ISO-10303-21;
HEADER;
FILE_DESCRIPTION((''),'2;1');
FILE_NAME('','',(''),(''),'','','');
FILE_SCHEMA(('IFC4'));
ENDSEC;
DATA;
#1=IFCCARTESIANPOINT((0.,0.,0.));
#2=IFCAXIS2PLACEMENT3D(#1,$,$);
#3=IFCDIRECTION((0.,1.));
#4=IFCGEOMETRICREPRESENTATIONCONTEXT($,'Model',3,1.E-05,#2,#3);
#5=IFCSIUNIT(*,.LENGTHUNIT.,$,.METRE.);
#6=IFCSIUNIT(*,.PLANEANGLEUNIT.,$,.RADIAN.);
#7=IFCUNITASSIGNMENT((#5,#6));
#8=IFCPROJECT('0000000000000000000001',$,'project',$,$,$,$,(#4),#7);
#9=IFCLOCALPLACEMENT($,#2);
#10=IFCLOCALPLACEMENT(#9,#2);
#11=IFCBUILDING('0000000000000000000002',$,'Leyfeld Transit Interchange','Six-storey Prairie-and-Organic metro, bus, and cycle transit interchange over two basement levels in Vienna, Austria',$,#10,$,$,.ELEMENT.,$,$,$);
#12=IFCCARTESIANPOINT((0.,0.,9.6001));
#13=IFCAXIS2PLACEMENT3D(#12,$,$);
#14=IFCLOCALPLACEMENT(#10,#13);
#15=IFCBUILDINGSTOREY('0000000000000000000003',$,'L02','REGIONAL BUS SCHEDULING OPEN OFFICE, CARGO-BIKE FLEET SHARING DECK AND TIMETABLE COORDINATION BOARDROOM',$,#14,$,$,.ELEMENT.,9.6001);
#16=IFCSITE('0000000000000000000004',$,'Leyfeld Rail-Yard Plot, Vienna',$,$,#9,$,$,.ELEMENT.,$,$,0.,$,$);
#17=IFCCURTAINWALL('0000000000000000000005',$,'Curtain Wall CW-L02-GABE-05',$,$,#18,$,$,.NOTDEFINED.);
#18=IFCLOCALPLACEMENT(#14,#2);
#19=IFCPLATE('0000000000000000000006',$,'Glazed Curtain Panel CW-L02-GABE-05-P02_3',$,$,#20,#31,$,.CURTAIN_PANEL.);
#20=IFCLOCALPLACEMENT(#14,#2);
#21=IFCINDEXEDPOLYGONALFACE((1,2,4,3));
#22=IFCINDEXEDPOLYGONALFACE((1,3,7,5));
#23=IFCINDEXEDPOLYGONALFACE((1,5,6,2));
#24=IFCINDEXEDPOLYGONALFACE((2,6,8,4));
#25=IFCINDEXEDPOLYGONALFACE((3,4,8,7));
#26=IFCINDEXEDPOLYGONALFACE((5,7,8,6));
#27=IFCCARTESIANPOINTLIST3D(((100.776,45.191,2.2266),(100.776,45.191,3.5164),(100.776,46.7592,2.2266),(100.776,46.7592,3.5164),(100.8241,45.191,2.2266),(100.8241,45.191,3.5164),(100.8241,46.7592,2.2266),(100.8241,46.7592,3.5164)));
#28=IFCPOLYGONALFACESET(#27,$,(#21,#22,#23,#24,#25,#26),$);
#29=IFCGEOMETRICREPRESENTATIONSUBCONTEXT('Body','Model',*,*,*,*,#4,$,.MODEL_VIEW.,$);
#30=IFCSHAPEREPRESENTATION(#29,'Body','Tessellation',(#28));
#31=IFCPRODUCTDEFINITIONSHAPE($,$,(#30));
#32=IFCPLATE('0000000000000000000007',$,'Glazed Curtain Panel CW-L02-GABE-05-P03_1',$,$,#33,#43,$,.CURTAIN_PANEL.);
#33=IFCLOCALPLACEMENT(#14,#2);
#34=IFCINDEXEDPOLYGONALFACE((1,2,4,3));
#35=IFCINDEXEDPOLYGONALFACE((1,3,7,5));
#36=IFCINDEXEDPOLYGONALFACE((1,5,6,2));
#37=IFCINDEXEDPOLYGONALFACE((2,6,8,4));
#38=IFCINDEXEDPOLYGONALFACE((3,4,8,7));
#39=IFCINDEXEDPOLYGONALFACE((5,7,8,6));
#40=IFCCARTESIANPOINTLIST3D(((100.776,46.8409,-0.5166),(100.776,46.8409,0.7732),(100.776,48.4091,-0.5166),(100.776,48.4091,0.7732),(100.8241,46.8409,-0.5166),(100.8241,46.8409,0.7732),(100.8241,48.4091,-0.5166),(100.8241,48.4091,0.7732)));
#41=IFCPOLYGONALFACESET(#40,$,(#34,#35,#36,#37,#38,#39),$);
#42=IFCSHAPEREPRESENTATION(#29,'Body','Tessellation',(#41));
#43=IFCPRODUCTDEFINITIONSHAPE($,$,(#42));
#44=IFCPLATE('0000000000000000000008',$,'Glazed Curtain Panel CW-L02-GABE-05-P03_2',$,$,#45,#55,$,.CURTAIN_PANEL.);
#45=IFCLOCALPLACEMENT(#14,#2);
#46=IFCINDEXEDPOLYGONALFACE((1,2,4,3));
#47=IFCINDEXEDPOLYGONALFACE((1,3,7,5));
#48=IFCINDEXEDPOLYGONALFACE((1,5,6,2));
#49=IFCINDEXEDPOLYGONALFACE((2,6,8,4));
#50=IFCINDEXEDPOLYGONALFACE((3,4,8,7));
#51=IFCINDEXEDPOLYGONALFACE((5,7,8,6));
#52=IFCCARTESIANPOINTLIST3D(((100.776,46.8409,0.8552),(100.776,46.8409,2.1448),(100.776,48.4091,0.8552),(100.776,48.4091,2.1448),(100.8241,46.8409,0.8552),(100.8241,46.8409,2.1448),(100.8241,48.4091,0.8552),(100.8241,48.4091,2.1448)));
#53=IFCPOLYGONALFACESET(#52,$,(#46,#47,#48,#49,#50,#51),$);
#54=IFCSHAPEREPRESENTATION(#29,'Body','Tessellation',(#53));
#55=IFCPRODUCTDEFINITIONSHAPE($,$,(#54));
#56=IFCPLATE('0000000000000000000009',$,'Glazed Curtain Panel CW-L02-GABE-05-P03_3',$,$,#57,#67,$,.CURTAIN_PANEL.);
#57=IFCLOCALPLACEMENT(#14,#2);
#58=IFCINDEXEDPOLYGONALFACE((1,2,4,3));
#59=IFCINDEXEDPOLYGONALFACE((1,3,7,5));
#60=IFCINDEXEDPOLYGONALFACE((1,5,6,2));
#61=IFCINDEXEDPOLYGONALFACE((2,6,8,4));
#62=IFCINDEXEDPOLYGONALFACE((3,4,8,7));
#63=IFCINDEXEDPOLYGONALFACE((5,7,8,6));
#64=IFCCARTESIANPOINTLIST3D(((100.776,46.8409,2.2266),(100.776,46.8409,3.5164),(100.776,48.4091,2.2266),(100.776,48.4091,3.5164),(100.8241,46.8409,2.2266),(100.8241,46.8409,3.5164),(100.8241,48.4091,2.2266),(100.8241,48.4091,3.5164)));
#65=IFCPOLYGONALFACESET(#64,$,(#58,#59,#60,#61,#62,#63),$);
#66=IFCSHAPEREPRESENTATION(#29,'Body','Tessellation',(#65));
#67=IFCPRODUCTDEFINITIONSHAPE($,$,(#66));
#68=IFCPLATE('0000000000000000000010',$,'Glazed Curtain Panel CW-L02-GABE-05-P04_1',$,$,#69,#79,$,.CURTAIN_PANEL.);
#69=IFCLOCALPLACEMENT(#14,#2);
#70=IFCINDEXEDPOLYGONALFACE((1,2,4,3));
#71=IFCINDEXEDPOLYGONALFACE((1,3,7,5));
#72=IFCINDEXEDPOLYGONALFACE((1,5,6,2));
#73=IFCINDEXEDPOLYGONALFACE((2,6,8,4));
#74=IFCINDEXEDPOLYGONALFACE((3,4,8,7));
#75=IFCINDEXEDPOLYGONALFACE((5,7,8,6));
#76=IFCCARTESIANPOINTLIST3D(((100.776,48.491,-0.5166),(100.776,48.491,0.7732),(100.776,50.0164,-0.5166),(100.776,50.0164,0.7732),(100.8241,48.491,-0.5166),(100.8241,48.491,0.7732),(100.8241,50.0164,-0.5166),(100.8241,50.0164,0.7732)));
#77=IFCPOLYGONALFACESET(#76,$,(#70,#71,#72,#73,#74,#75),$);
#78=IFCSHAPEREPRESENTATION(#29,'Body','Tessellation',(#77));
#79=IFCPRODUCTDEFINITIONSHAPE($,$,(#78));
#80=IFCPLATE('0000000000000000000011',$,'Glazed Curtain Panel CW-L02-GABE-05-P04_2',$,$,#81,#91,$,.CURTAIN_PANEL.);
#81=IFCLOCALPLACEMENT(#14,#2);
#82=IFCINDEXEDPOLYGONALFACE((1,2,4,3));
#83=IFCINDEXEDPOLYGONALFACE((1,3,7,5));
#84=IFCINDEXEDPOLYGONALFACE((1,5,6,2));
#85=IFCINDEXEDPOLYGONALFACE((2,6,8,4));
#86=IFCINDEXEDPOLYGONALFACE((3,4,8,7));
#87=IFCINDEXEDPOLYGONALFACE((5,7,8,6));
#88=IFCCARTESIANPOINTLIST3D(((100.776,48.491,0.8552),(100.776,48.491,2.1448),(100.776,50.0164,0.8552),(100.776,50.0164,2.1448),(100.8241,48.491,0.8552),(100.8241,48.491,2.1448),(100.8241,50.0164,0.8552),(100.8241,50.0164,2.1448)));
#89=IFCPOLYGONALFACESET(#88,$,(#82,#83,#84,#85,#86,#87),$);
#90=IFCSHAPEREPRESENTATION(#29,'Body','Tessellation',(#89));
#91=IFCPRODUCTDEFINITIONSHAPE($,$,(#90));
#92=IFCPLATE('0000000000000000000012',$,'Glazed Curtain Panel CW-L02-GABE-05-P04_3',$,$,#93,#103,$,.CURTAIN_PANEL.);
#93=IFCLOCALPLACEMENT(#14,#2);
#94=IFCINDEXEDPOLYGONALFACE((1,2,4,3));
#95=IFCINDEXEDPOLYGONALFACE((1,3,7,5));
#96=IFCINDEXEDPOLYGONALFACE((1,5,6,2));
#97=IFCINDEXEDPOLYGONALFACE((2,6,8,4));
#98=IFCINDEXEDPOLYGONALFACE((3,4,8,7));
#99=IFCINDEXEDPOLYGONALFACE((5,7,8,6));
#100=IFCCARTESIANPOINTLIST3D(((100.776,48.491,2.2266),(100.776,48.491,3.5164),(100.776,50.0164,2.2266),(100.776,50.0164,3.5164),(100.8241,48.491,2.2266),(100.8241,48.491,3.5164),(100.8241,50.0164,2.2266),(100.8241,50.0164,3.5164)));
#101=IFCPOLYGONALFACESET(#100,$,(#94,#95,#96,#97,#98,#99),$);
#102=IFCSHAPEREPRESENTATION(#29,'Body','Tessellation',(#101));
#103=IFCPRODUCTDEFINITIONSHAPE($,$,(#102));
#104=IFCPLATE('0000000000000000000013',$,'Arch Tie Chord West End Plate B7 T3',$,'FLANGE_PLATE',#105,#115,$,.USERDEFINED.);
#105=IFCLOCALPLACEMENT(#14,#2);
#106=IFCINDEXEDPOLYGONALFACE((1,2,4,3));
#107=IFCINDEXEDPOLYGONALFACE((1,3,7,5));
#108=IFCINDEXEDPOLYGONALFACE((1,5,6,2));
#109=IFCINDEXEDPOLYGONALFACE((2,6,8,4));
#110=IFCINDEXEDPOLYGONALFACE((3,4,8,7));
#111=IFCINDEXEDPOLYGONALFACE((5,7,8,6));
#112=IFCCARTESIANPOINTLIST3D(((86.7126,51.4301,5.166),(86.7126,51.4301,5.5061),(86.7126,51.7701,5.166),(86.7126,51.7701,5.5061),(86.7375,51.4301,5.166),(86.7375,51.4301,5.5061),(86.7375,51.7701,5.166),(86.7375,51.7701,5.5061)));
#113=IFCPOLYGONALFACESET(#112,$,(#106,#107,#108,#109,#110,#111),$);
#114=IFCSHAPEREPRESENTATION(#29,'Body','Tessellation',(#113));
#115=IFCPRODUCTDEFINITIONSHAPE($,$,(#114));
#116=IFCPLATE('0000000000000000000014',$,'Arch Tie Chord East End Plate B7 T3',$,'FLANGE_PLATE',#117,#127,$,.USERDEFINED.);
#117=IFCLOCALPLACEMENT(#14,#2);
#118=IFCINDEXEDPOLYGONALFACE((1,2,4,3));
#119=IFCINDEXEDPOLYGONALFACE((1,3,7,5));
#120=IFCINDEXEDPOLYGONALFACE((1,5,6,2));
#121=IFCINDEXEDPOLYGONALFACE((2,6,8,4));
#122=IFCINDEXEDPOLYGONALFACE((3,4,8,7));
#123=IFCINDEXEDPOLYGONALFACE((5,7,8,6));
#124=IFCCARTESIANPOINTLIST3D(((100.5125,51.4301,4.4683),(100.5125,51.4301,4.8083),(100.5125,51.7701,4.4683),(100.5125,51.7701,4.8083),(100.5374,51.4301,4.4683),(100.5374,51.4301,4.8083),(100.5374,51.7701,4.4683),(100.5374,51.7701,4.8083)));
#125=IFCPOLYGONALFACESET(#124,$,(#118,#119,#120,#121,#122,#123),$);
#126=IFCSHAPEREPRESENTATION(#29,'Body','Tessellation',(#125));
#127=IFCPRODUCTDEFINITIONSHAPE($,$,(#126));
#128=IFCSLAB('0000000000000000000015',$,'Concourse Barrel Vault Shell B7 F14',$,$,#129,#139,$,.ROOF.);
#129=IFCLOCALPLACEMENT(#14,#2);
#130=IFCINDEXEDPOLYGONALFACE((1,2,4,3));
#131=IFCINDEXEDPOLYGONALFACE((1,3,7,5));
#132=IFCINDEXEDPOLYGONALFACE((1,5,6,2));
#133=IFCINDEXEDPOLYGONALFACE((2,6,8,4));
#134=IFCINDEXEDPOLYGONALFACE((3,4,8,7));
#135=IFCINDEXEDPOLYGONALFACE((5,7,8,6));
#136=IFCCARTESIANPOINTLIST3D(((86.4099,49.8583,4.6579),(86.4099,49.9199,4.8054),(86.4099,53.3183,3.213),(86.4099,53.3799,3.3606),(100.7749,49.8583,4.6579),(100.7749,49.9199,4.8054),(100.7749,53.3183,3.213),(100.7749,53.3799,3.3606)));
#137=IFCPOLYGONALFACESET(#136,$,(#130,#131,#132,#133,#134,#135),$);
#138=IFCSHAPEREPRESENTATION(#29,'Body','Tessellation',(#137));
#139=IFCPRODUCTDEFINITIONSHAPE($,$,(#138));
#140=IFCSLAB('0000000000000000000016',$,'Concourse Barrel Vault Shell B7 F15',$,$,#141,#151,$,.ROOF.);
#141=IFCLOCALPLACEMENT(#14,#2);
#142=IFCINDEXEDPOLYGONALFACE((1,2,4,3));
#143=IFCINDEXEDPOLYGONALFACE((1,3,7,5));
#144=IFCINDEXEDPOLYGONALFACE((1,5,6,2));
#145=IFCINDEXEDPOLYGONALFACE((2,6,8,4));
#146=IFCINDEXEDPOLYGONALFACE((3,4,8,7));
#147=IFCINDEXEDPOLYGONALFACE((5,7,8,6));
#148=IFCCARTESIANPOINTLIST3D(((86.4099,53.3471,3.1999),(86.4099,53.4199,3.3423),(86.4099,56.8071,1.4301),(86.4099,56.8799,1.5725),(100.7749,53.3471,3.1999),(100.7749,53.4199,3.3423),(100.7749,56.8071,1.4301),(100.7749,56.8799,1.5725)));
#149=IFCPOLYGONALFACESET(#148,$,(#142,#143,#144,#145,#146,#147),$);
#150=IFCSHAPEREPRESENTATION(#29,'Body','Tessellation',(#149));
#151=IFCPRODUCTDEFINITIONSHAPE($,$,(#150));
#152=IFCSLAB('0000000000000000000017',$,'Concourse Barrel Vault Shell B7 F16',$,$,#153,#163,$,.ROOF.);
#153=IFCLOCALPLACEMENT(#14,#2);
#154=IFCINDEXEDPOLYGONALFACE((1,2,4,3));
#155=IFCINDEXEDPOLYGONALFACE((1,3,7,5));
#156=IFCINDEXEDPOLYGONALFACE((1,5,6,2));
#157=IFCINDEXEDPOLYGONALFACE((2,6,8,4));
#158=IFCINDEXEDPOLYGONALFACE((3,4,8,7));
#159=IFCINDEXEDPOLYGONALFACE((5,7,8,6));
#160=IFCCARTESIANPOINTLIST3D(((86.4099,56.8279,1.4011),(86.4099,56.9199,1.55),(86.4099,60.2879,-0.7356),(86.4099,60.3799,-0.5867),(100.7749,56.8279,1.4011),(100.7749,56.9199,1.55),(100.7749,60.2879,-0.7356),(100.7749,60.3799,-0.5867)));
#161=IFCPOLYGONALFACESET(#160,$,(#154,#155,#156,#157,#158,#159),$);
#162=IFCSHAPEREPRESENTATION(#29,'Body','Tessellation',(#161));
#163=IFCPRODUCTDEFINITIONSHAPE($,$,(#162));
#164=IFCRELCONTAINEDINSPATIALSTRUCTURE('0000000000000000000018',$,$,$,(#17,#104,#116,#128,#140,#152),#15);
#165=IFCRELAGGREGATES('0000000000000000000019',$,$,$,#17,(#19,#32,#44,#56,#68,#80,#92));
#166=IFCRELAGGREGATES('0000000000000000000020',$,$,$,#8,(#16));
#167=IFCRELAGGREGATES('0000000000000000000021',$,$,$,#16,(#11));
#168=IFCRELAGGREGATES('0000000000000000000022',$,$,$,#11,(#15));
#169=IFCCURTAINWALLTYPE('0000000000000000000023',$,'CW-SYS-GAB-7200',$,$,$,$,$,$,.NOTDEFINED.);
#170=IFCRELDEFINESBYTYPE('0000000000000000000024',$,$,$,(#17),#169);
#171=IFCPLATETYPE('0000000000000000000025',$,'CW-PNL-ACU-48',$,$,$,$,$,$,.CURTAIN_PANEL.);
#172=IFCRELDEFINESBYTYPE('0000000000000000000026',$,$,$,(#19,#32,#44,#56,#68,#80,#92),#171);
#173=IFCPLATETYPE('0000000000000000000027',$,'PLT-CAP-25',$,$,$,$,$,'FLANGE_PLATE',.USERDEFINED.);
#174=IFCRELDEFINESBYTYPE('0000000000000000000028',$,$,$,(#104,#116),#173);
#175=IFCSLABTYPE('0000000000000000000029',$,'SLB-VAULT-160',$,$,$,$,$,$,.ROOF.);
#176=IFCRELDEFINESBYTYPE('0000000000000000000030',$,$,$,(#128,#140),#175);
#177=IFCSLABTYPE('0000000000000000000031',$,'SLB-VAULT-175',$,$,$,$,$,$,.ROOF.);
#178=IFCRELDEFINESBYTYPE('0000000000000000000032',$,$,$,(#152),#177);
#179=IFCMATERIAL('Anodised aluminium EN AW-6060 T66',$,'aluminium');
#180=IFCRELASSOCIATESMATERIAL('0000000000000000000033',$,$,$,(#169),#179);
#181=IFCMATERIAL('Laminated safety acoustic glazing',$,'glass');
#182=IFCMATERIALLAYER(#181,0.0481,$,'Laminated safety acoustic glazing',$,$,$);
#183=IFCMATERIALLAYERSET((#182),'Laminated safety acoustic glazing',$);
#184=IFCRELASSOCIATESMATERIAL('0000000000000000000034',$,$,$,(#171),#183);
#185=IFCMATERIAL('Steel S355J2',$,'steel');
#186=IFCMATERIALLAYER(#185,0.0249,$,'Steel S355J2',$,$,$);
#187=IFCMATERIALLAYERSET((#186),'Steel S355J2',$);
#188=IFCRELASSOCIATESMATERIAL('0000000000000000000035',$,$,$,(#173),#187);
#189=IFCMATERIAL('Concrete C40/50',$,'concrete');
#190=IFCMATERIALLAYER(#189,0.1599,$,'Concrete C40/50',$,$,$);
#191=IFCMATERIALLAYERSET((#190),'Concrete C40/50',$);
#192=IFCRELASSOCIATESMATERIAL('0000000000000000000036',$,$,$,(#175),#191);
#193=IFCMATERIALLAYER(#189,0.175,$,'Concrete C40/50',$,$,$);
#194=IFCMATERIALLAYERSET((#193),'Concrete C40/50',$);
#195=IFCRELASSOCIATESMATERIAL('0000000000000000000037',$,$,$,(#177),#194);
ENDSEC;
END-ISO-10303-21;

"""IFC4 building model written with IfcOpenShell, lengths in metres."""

from ifc_helpers import new_model, si_unit, direction, frame, origin, origin_2d, place, context, subcontext, project, spatial, polyline, rectangle, outline, extrude, material, layer, layer_set, type_object, element, aggregate, save


model = new_model("IFC4")

# Units and contexts
model_context = context("Model", 3, precision=1e-05, world=origin(), true_north=direction((0.0, 1.0)))
body_context = subcontext(model_context, "Body", "Model", "MODEL_VIEW")
ifc_project = project(units=[si_unit("LENGTHUNIT", "METRE"), si_unit("PLANEANGLEUNIT", "RADIAN")], contexts=[model_context])

# Site, building, storey
site_placement = place(None, origin())
site = spatial("IfcSite", under=ifc_project, at=site_placement, Name="Leyfeld Rail-Yard Plot, Vienna", CompositionType="ELEMENT", RefElevation=0.0)
building_placement = place(site_placement, origin())
building = spatial("IfcBuilding", under=site, at=building_placement, Name="Leyfeld Transit Interchange", Description="Six-storey Prairie-and-Organic metro, bus, and cycle transit interchange over two basement levels in Vienna, Austria", CompositionType="ELEMENT")
storey_placement = place(building_placement, frame((0.0, 0.0, 9.6001)))
storey = spatial("IfcBuildingStorey", under=building, at=storey_placement, Name="L02", Description="REGIONAL BUS SCHEDULING OPEN OFFICE, CARGO-BIKE FLEET SHARING DECK AND TIMETABLE COORDINATION BOARDROOM", CompositionType="ELEMENT", Elevation=9.6001)

# Shared definitions
ifc_material_1 = material(Name="Concrete C40/50", Category="concrete")

# Curtain wall
ifc_material_2 = material(Name="Anodised aluminium EN AW-6060 T66", Category="aluminium")
curtain_wall_type = type_object("IfcCurtainWallType", Name="CW-SYS-GAB-7200", PredefinedType="NOTDEFINED", material=ifc_material_2)
curtain_wall_placement = place(storey_placement, origin())
curtain_wall = element("IfcCurtainWall", 1, at=curtain_wall_placement, inside=storey, type_object=curtain_wall_type, Name="Curtain Wall CW-L02-GABE-05", PredefinedType="NOTDEFINED")

# Shared definitions
ifc_material_3 = material(Name="Steel S355J2", Category="steel")

# Plates
ifc_material_4 = material(Name="Laminated safety acoustic glazing", Category="glass")
ifc_layer_1 = layer(ifc_material_4, 0.0481, Name="Laminated safety acoustic glazing")
ifc_layer_set_1 = layer_set([ifc_layer_1], Name="Laminated safety acoustic glazing")
plate_type_1 = type_object("IfcPlateType", Name="CW-PNL-ACU-48", PredefinedType="CURTAIN_PANEL", material=ifc_layer_set_1)
plate_1_placement = place(storey_placement, frame((100.8, 45.9751, 2.2266), z_axis=(0.0, 0.0, 1.0), x_axis=(0.0, 1.0, 0.0)))
plate_1 = element("IfcPlate", 2, at=plate_1_placement, type_object=plate_type_1, Name="Glazed Curtain Panel CW-L02-GABE-05-P02_3", PredefinedType="CURTAIN_PANEL", context=body_context, shape_type="SweptSolid", body=[
    extrude(rectangle(XDim=1.5681, YDim=0.0481, at=origin_2d()), origin(), (0.0, 0.0, 1.0), 1.2898),
])
plate_2_placement = place(storey_placement, frame((100.8, 47.625, -0.5166), z_axis=(0.0, 0.0, 1.0), x_axis=(0.0, 1.0, 0.0)))
plate_2 = element("IfcPlate", 3, at=plate_2_placement, type_object=plate_type_1, Name="Glazed Curtain Panel CW-L02-GABE-05-P03_1", PredefinedType="CURTAIN_PANEL", context=body_context, shape_type="SweptSolid", body=[
    extrude(rectangle(XDim=1.5681, YDim=0.0481, at=origin_2d()), origin(), (0.0, 0.0, 1.0), 1.2898),
])
plate_3_placement = place(storey_placement, frame((100.8, 47.625, 0.8552), z_axis=(0.0, 0.0, 1.0), x_axis=(0.0, 1.0, 0.0)))
plate_3 = element("IfcPlate", 4, at=plate_3_placement, type_object=plate_type_1, Name="Glazed Curtain Panel CW-L02-GABE-05-P03_2", PredefinedType="CURTAIN_PANEL", context=body_context, shape_type="SweptSolid", body=[
    extrude(rectangle(XDim=1.5681, YDim=0.0481, at=origin_2d()), origin(), (0.0, 0.0, 1.0), 1.2896),
])
plate_4_placement = place(storey_placement, frame((100.8, 47.625, 2.2266), z_axis=(0.0, 0.0, 1.0), x_axis=(0.0, 1.0, 0.0)))
plate_4 = element("IfcPlate", 5, at=plate_4_placement, type_object=plate_type_1, Name="Glazed Curtain Panel CW-L02-GABE-05-P03_3", PredefinedType="CURTAIN_PANEL", context=body_context, shape_type="SweptSolid", body=[
    extrude(rectangle(XDim=1.5681, YDim=0.0481, at=origin_2d()), origin(), (0.0, 0.0, 1.0), 1.2898),
])
plate_5_placement = place(storey_placement, frame((100.8, 49.2537, -0.5166), z_axis=(0.0, 0.0, 1.0), x_axis=(0.0, 1.0, 0.0)))
plate_5 = element("IfcPlate", 6, at=plate_5_placement, type_object=plate_type_1, Name="Glazed Curtain Panel CW-L02-GABE-05-P04_1", PredefinedType="CURTAIN_PANEL", context=body_context, shape_type="SweptSolid", body=[
    extrude(rectangle(XDim=1.5254, YDim=0.0481, at=origin_2d()), origin(), (0.0, 0.0, 1.0), 1.2898),
])
plate_6_placement = place(storey_placement, frame((100.8, 49.2537, 0.8552), z_axis=(0.0, 0.0, 1.0), x_axis=(0.0, 1.0, 0.0)))
plate_6 = element("IfcPlate", 7, at=plate_6_placement, type_object=plate_type_1, Name="Glazed Curtain Panel CW-L02-GABE-05-P04_2", PredefinedType="CURTAIN_PANEL", context=body_context, shape_type="SweptSolid", body=[
    extrude(rectangle(XDim=1.5254, YDim=0.0481, at=origin_2d()), origin(), (0.0, 0.0, 1.0), 1.2896),
])
plate_7_placement = place(storey_placement, frame((100.8, 49.2537, 2.2266), z_axis=(0.0, 0.0, 1.0), x_axis=(0.0, 1.0, 0.0)))
plate_7 = element("IfcPlate", 8, at=plate_7_placement, type_object=plate_type_1, Name="Glazed Curtain Panel CW-L02-GABE-05-P04_3", PredefinedType="CURTAIN_PANEL", context=body_context, shape_type="SweptSolid", body=[
    extrude(rectangle(XDim=1.5254, YDim=0.0481, at=origin_2d()), origin(), (0.0, 0.0, 1.0), 1.2898),
])
aggregate(curtain_wall, [plate_1, plate_2, plate_3, plate_4, plate_5, plate_6, plate_7])

# Plates
ifc_layer_2 = layer(ifc_material_3, 0.0249, Name="Steel S355J2")
ifc_layer_set_2 = layer_set([ifc_layer_2], Name="Steel S355J2")
plate_type_2 = type_object("IfcPlateType", Name="PLT-CAP-25", ElementType="FLANGE_PLATE", PredefinedType="USERDEFINED", material=ifc_layer_set_2)
for number, where, z_axis, x_axis, name in (
    (9, (86.7251, 51.6001, 5.166), (0.0, 0.0, 1.0), (0.0, 1.0, 0.0), "Arch Tie Chord West End Plate B7 T3"),
    (10, (100.5249, 51.6001, 4.4683), (0.0, 0.0, 1.0), (0.0, 1.0, 0.0), "Arch Tie Chord East End Plate B7 T3"),
):
    element("IfcPlate", number, at=place(storey_placement, frame(where, z_axis=z_axis, x_axis=x_axis)), inside=storey, type_object=plate_type_2, Name=name, ObjectType="FLANGE_PLATE", PredefinedType="USERDEFINED", context=body_context, shape_type="SweptSolid", body=[
        extrude(rectangle(XDim=0.3401, YDim=0.0249, at=origin_2d()), origin(), (0.0, 0.0, 1.0), 0.3401),
    ])

# Slabs
ifc_layer_3 = layer(ifc_material_1, 0.1599, Name="Concrete C40/50")
ifc_layer_set_3 = layer_set([ifc_layer_3], Name="Concrete C40/50")
slab_type_1 = type_object("IfcSlabType", Name="SLB-VAULT-160", PredefinedType="ROOF", material=ifc_layer_set_3)
slab_1_placement = place(storey_placement, frame((86.4099, 49.9199, 4.8054), z_axis=(0.0, 0.385337, 0.922776), x_axis=(1.0, 0.0, 0.0)))
element("IfcSlab", 11, at=slab_1_placement, inside=storey, type_object=slab_type_1, Name="Concourse Barrel Vault Shell B7 F14", PredefinedType="ROOF", context=body_context, shape_type="SweptSolid", body=[
    extrude(outline(polyline([(0.0, 0.0), (14.365, 0.0), (14.365, 3.7495), (0.0, 3.7495), (0.0, 0.0)])), origin(), (0.0, 0.0, -1.0), 0.1599),
])
slab_2_placement = place(storey_placement, frame((86.4099, 53.4199, 3.3423), z_axis=(0.0, 0.455387, 0.890294), x_axis=(1.0, 0.0, 0.0)))
element("IfcSlab", 12, at=slab_2_placement, inside=storey, type_object=slab_type_1, Name="Concourse Barrel Vault Shell B7 F15", PredefinedType="ROOF", context=body_context, shape_type="SweptSolid", body=[
    extrude(outline(polyline([(0.0, 0.0), (14.365, 0.0), (14.365, 3.8863), (0.0, 3.8863), (0.0, 0.0)])), origin(), (0.0, 0.0, -1.0), 0.1599),
])
ifc_layer_4 = layer(ifc_material_1, 0.175, Name="Concrete C40/50")
ifc_layer_set_4 = layer_set([ifc_layer_4], Name="Concrete C40/50")
slab_type_2 = type_object("IfcSlabType", Name="SLB-VAULT-175", PredefinedType="ROOF", material=ifc_layer_set_4)
slab_3_placement = place(storey_placement, frame((86.4099, 56.9199, 1.55), z_axis=(0.0, 0.525437, 0.850833), x_axis=(1.0, 0.0, 0.0)))
element("IfcSlab", 13, at=slab_3_placement, inside=storey, type_object=slab_type_2, Name="Concourse Barrel Vault Shell B7 F16", PredefinedType="ROOF", context=body_context, shape_type="SweptSolid", body=[
    extrude(outline(polyline([(0.0, 0.0), (14.365, 0.0), (14.365, 4.0666), (0.0, 4.0666), (0.0, 0.0)])), origin(), (0.0, 0.0, -1.0), 0.175),
])

save(model, "model.ifc")
